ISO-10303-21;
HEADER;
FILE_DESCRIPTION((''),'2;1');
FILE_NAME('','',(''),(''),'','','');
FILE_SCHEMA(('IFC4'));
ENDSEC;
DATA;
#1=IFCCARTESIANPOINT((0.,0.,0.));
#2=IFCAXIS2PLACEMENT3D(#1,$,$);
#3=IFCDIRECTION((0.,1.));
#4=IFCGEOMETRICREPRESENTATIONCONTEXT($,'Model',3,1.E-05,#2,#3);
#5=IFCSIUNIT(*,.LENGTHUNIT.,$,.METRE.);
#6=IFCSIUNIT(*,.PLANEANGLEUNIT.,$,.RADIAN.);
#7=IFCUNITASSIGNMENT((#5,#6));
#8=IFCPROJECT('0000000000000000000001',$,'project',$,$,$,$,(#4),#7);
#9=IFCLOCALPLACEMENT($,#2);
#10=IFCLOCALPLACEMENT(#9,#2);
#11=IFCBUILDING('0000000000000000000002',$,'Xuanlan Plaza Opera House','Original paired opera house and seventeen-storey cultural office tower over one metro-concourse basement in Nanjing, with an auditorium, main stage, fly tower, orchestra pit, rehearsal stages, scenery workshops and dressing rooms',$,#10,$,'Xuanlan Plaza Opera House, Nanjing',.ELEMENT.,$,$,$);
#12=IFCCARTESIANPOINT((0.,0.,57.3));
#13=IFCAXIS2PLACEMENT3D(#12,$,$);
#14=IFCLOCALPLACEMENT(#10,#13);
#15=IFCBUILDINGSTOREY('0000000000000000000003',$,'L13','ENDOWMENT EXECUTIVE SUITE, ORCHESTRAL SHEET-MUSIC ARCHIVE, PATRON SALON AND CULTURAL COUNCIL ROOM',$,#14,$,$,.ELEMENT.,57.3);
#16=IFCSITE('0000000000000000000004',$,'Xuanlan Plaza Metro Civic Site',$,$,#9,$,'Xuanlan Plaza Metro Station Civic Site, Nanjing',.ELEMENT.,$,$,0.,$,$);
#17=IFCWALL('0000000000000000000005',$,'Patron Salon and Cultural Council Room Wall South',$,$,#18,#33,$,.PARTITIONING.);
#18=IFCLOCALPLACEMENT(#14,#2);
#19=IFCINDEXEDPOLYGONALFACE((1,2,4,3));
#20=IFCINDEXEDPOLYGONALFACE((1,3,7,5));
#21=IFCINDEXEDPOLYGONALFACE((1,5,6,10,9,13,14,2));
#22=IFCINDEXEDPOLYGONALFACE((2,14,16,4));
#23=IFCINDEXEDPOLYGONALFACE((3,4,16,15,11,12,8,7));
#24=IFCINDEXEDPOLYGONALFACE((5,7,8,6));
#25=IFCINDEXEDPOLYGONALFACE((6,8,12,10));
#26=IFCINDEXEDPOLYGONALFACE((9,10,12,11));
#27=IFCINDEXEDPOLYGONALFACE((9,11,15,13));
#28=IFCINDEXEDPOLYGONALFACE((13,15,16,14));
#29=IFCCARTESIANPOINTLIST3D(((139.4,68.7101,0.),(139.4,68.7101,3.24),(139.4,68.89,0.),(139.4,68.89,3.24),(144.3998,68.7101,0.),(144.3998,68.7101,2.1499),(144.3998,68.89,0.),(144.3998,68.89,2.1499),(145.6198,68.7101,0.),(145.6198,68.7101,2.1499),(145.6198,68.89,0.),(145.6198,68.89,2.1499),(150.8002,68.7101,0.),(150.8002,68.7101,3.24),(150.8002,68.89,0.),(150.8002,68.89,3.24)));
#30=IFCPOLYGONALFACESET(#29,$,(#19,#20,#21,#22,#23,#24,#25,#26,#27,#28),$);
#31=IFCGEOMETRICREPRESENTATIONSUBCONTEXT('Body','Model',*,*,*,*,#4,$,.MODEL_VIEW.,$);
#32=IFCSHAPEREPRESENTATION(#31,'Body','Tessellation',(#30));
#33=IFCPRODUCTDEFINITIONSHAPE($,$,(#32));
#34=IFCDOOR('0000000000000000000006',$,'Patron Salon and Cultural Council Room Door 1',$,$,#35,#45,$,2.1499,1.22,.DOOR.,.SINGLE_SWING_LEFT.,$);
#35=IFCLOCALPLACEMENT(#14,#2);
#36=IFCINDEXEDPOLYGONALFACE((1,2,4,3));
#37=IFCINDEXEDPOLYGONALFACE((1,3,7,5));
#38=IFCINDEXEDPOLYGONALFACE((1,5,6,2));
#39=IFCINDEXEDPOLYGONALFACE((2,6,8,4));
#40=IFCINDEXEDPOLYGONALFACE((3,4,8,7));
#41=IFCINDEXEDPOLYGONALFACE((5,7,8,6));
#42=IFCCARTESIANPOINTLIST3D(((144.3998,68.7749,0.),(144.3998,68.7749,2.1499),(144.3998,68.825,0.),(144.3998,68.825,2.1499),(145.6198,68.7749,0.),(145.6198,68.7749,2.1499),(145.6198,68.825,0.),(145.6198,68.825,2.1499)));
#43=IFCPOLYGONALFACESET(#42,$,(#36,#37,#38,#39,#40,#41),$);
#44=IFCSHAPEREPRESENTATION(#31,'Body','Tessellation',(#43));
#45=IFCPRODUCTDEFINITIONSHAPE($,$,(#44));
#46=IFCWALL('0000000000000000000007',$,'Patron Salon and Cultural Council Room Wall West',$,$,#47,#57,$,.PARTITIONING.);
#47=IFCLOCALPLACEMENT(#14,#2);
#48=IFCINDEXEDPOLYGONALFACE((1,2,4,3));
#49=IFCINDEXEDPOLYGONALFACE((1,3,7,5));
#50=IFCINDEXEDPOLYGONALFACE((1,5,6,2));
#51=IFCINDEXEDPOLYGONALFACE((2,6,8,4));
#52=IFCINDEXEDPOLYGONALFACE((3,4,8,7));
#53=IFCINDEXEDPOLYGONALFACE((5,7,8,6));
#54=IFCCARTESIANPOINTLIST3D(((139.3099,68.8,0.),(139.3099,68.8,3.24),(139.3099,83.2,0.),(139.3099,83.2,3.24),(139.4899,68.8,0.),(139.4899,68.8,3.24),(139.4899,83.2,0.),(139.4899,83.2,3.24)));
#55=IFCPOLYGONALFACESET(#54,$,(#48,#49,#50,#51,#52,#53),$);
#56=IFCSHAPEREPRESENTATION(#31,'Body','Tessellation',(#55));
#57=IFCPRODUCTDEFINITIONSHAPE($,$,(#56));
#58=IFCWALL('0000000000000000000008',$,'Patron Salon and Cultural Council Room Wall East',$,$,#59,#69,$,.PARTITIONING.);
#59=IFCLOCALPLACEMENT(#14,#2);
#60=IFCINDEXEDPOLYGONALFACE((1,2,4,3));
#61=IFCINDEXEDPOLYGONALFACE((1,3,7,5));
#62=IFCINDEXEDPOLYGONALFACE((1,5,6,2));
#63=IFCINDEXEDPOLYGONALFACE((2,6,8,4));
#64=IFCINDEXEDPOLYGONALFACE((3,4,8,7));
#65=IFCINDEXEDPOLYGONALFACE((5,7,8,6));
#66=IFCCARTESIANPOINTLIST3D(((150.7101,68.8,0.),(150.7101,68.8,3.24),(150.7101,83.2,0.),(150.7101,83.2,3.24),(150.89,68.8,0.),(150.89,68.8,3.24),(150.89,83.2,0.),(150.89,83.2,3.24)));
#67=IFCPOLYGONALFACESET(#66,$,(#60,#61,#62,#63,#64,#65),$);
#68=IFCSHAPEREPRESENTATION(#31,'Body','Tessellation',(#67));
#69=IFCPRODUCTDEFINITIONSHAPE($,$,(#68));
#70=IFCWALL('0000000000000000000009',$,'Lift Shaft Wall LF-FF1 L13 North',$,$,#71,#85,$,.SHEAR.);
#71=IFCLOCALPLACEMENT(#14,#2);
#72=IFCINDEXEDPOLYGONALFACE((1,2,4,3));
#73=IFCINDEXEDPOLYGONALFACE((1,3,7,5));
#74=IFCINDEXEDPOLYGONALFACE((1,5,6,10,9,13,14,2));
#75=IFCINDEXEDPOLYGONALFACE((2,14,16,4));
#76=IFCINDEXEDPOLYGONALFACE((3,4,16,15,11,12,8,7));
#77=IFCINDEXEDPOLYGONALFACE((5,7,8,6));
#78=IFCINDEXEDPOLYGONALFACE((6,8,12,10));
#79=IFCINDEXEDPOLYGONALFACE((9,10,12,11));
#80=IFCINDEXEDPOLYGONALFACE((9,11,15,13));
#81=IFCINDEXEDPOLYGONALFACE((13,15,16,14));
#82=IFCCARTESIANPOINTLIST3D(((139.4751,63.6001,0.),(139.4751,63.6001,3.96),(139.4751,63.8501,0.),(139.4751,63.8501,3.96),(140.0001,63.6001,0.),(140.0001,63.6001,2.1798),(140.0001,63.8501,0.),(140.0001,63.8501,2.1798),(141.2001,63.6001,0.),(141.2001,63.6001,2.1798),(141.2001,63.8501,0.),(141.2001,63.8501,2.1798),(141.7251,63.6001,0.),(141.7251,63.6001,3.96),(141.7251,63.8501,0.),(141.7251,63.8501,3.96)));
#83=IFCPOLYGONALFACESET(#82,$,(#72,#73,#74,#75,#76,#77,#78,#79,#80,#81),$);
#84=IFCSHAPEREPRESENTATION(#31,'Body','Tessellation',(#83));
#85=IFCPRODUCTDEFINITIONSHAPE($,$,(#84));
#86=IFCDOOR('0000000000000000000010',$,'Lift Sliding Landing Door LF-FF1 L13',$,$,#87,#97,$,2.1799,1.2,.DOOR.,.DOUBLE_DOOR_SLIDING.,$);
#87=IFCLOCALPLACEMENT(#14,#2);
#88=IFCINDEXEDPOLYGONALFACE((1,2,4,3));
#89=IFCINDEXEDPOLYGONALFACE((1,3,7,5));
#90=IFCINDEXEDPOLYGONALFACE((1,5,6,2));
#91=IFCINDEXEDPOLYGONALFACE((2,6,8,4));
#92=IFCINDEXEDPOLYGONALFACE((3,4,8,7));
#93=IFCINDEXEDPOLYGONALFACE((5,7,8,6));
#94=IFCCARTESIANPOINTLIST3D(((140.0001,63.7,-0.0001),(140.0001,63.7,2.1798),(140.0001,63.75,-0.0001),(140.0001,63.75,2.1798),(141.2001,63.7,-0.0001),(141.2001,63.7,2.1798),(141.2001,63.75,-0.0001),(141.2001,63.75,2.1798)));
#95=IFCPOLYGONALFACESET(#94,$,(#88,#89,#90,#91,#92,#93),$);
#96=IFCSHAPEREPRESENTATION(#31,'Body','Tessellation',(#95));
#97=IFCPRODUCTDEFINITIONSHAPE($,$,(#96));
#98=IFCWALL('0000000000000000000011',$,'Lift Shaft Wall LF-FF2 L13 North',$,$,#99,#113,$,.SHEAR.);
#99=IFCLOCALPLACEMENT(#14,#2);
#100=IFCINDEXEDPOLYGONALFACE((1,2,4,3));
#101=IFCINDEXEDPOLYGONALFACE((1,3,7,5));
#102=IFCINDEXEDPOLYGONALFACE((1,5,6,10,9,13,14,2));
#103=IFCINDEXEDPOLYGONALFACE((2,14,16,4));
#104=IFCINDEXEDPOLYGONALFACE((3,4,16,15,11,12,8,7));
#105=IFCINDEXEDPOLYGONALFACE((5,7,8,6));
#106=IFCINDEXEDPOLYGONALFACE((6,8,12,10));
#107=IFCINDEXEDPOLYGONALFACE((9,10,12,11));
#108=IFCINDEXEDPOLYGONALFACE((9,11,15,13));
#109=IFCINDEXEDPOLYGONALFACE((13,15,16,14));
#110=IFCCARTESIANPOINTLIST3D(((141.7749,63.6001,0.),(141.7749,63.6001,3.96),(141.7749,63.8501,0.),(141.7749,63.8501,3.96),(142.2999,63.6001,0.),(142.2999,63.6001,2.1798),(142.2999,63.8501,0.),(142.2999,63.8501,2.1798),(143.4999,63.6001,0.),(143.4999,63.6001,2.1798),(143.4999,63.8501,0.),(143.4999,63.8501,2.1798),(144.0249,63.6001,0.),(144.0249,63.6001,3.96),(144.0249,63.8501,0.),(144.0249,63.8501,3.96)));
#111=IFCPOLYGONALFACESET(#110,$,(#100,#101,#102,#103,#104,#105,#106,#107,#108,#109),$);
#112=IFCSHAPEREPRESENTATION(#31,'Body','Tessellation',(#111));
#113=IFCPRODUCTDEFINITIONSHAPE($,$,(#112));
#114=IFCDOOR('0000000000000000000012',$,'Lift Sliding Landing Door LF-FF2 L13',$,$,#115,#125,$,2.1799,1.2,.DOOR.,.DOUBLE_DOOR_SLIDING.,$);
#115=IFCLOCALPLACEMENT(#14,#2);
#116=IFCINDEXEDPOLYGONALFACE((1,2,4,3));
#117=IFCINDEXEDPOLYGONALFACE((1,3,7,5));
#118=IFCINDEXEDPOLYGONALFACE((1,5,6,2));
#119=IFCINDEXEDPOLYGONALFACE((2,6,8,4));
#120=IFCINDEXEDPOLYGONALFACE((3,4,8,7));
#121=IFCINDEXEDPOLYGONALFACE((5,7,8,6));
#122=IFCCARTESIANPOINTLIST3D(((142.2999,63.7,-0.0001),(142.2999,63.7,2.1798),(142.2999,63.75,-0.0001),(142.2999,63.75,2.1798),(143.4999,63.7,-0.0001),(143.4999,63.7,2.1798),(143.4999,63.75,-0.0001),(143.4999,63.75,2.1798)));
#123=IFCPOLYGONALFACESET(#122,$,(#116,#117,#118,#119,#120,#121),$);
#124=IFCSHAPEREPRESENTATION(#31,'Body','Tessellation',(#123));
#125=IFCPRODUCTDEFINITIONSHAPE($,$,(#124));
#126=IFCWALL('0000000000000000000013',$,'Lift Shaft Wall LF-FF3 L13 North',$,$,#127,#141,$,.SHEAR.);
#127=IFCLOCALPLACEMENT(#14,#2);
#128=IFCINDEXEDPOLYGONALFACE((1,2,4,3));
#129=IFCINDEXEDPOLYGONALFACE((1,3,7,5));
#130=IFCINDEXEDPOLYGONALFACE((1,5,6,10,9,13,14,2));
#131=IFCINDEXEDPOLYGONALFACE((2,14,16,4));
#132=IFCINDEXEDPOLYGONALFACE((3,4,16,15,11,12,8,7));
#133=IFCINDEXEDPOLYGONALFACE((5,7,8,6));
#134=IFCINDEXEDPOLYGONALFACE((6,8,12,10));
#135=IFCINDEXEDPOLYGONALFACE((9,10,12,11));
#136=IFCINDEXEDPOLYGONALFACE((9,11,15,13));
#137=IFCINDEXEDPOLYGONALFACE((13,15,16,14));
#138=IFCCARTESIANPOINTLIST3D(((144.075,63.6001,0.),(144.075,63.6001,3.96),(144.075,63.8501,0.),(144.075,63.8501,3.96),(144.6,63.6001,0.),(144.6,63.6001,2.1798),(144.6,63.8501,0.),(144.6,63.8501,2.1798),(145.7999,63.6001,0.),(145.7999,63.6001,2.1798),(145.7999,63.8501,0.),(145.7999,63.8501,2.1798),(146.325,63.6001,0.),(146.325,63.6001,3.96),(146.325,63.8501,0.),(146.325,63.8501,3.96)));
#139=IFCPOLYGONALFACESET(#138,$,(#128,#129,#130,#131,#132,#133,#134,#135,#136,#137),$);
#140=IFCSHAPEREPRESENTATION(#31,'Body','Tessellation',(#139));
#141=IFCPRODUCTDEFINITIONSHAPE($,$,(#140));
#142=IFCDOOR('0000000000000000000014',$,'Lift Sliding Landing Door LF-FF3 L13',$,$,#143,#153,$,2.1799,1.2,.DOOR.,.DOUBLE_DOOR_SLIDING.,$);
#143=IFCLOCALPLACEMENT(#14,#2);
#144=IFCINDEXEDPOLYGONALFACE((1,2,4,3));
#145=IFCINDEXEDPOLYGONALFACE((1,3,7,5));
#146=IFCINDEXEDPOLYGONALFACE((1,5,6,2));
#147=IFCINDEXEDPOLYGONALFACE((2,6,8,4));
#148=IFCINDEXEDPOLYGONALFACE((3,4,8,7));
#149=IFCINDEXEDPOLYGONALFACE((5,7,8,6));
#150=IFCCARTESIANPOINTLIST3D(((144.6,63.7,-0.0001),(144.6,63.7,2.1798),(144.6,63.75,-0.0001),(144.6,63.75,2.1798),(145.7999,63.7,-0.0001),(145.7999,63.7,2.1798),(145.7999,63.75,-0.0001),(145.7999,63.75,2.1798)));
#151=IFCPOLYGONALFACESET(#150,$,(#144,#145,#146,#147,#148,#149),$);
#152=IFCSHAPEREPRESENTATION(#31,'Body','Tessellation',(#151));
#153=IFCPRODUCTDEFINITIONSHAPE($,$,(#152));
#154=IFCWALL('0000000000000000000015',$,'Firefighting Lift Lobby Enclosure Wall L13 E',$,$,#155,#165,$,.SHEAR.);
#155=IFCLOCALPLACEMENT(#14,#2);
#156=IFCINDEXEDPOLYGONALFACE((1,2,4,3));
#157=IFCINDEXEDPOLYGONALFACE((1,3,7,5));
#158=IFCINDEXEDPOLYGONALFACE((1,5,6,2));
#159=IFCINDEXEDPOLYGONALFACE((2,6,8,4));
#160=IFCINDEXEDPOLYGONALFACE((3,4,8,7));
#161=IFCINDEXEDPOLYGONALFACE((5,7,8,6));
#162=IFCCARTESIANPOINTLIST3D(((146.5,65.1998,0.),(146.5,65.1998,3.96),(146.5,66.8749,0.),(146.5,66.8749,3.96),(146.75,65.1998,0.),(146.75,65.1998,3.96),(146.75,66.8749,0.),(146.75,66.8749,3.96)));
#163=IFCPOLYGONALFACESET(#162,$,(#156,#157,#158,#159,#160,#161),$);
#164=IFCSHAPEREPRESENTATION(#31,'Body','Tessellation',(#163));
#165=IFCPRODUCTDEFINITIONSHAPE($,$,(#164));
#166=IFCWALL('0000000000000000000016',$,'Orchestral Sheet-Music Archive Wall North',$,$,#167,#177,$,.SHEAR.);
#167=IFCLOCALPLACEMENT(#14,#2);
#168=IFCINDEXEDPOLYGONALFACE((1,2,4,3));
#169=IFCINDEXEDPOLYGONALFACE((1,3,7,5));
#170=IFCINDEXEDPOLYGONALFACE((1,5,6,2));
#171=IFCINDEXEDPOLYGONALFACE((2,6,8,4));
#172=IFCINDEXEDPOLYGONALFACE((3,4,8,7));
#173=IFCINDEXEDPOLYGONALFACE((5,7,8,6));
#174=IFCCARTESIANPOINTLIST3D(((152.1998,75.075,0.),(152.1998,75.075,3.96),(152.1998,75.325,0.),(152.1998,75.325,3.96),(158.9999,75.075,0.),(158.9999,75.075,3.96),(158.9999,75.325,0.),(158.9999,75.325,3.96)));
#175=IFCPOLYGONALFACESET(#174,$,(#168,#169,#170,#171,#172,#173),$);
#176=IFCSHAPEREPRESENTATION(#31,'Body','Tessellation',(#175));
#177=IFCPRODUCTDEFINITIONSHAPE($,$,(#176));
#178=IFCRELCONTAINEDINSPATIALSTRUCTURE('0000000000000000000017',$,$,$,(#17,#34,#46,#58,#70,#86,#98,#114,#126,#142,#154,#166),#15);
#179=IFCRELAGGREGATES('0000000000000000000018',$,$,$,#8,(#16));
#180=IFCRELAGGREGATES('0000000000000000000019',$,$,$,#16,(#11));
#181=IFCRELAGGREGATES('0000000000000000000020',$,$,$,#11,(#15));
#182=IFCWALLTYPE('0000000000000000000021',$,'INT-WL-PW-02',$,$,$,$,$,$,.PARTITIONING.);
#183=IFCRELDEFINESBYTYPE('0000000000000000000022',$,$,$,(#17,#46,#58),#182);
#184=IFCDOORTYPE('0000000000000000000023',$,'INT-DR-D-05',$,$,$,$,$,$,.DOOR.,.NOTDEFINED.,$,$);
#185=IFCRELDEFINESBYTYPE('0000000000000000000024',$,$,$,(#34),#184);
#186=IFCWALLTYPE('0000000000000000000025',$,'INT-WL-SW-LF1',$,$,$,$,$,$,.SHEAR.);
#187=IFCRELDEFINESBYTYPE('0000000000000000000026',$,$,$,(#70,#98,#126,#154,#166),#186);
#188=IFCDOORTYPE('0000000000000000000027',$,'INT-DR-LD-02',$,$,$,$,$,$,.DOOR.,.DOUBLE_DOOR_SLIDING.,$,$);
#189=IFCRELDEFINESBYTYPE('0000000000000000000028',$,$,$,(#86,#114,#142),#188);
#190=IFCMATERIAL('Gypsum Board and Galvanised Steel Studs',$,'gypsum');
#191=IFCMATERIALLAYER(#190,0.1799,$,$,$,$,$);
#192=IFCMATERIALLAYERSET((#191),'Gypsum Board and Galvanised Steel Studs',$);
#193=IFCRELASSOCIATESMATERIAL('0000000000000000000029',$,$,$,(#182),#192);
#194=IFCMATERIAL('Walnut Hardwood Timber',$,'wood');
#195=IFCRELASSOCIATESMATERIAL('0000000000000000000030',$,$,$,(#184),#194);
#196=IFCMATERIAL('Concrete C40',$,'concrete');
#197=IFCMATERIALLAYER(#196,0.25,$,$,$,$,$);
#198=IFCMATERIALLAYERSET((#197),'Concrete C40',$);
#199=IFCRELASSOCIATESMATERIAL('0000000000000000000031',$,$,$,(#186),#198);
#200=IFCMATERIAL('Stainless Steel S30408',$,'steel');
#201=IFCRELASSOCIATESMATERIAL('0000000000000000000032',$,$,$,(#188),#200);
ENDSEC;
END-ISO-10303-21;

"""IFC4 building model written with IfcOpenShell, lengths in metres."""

from ifc_helpers import new_model, si_unit, direction, frame, frame_2d, origin, place, context, subcontext, project, spatial, rectangle, extrude, material, layer, layer_set, type_object, element, fill, save


model = new_model("IFC4")

# Units and contexts
model_context = context("Model", 3, precision=1e-05, world=origin(), true_north=direction((0.0, 1.0)))
body_context = subcontext(model_context, "Body", "Model", "MODEL_VIEW")
ifc_project = project(units=[si_unit("LENGTHUNIT", "METRE"), si_unit("PLANEANGLEUNIT", "RADIAN")], contexts=[model_context])

# Site, building, storey
site_placement = place(None, origin())
site = spatial("IfcSite", under=ifc_project, at=site_placement, Name="Xuanlan Plaza Metro Civic Site", LongName="Xuanlan Plaza Metro Station Civic Site, Nanjing", CompositionType="ELEMENT", RefElevation=0.0)
building_placement = place(site_placement, origin())
building = spatial("IfcBuilding", under=site, at=building_placement, Name="Xuanlan Plaza Opera House", Description="Original paired opera house and seventeen-storey cultural office tower over one metro-concourse basement in Nanjing, with an auditorium, main stage, fly tower, orchestra pit, rehearsal stages, scenery workshops and dressing rooms", LongName="Xuanlan Plaza Opera House, Nanjing", CompositionType="ELEMENT")
storey_placement = place(building_placement, frame((0.0, 0.0, 57.3)))
storey = spatial("IfcBuildingStorey", under=building, at=storey_placement, Name="L13", Description="ENDOWMENT EXECUTIVE SUITE, ORCHESTRAL SHEET-MUSIC ARCHIVE, PATRON SALON AND CULTURAL COUNCIL ROOM", CompositionType="ELEMENT", Elevation=57.3)

# Shared definitions
ifc_material_1 = material(Name="Concrete C40", Category="concrete")

# Wall, opening, door
ifc_material_2 = material(Name="Gypsum Board and Galvanised Steel Studs", Category="gypsum")
ifc_layer_1 = layer(ifc_material_2, 0.1799)
ifc_layer_set_1 = layer_set([ifc_layer_1], Name="Gypsum Board and Galvanised Steel Studs")
wall_type_1 = type_object("IfcWallType", Name="INT-WL-PW-02", PredefinedType="PARTITIONING", material=ifc_layer_set_1)
wall_1_placement = place(storey_placement, frame((139.3999, 68.8, 0.0), z_axis=(0.0, 0.0, 1.0), x_axis=(1.0, 0.0, 0.0)))
wall_1 = element("IfcWall", 1, at=wall_1_placement, inside=storey, type_object=wall_type_1, Name="Patron Salon and Cultural Council Room Wall South", PredefinedType="PARTITIONING", context=body_context, shape_type="SweptSolid", body=[
    extrude(rectangle(XDim=11.4001, YDim=0.1799, at=frame_2d((5.7002, 0.0))), origin(), (0.0, 0.0, 1.0), 3.24),
])
opening_1_placement = place(wall_1_placement, frame((5.0, 0.0, 0.0)))
opening_1 = element("IfcOpeningElement", 2, at=opening_1_placement, cuts=wall_1, PredefinedType="OPENING", context=body_context, shape_type="SweptSolid", body=[
    extrude(rectangle(XDim=1.22, YDim=2.1499, at=frame_2d((0.6099, 1.075))), frame((0.0, 0.0999, 0.0), z_axis=(0.0, -1.0, 0.0), x_axis=(1.0, 0.0, 0.0)), (0.0, 0.0, 1.0), 0.2),
])
ifc_material_3 = material(Name="Walnut Hardwood Timber", Category="wood")
door_type_1 = type_object("IfcDoorType", Name="INT-DR-D-05", OperationType="NOTDEFINED", PredefinedType="DOOR", material=ifc_material_3)
door_1_placement = place(opening_1_placement, origin())
door_1 = element("IfcDoor", 3, at=door_1_placement, inside=storey, type_object=door_type_1, Name="Patron Salon and Cultural Council Room Door 1", OperationType="SINGLE_SWING_LEFT", OverallHeight=2.1499, OverallWidth=1.22, PredefinedType="DOOR", context=body_context, shape_type="SweptSolid", body=[
    extrude(rectangle(XDim=1.22, YDim=2.1499, at=frame_2d((0.6099, 1.075))), frame((0.0, 0.0249, 0.0), z_axis=(0.0, -1.0, 0.0), x_axis=(1.0, 0.0, 0.0)), (0.0, 0.0, 1.0), 0.05),
])
fill(opening_1, door_1)

# Walls
for number, where, z_axis, x_axis, name in (
    (4, (139.3999, 68.8, 0.0), (0.0, 0.0, 1.0), (0.0, 1.0, 0.0), "Patron Salon and Cultural Council Room Wall West"),
    (5, (150.8, 68.8, 0.0), (0.0, 0.0, 1.0), (0.0, 1.0, 0.0), "Patron Salon and Cultural Council Room Wall East"),
):
    element("IfcWall", number, at=place(storey_placement, frame(where, z_axis=z_axis, x_axis=x_axis)), inside=storey, type_object=wall_type_1, Name=name, PredefinedType="PARTITIONING", context=body_context, shape_type="SweptSolid", body=[
        extrude(rectangle(XDim=14.3999, YDim=0.1799, at=frame_2d((7.2, 0.0))), origin(), (0.0, 0.0, 1.0), 3.24),
    ])

# Walls, openings, doors
ifc_layer_2 = layer(ifc_material_1, 0.25)
ifc_layer_set_2 = layer_set([ifc_layer_2], Name="Concrete C40")
wall_type_2 = type_object("IfcWallType", Name="INT-WL-SW-LF1", PredefinedType="SHEAR", material=ifc_layer_set_2)
wall_2_placement = place(storey_placement, frame((139.4751, 63.7251, 0.0), z_axis=(0.0, 0.0, 1.0), x_axis=(1.0, 0.0, 0.0)))
wall_2 = element("IfcWall", 6, at=wall_2_placement, inside=storey, type_object=wall_type_2, Name="Lift Shaft Wall LF-FF1 L13 North", PredefinedType="SHEAR", context=body_context, shape_type="SweptSolid", body=[
    extrude(rectangle(XDim=2.25, YDim=0.25, at=frame_2d((1.125, 0.0))), origin(), (0.0, 0.0, 1.0), 3.96),
])
opening_2_placement = place(wall_2_placement, frame((0.5249, 0.0, 0.0)))
opening_2 = element("IfcOpeningElement", 7, at=opening_2_placement, cuts=wall_2, PredefinedType="OPENING", context=body_context, shape_type="SweptSolid", body=[
    extrude(rectangle(XDim=1.2, YDim=2.1799, at=frame_2d((0.6001, 1.0898))), frame((0.0, 0.135, 0.0), z_axis=(0.0, -1.0, 0.0), x_axis=(1.0, 0.0, 0.0)), (0.0, 0.0, 1.0), 0.27),
])
ifc_material_4 = material(Name="Stainless Steel S30408", Category="steel")
door_type_2 = type_object("IfcDoorType", Name="INT-DR-LD-02", OperationType="DOUBLE_DOOR_SLIDING", PredefinedType="DOOR", material=ifc_material_4)
door_2_placement = place(opening_2_placement, origin())
door_2 = element("IfcDoor", 8, at=door_2_placement, inside=storey, type_object=door_type_2, Name="Lift Sliding Landing Door LF-FF1 L13", OperationType="DOUBLE_DOOR_SLIDING", OverallHeight=2.1799, OverallWidth=1.2, PredefinedType="DOOR", context=body_context, shape_type="SweptSolid", body=[
    extrude(rectangle(XDim=1.2, YDim=2.1799, at=frame_2d((0.6001, 1.0898))), frame((0.0, 0.0249, 0.0), z_axis=(0.0, -1.0, 0.0), x_axis=(1.0, 0.0, 0.0)), (0.0, 0.0, 1.0), 0.05),
])
fill(opening_2, door_2)
wall_3_placement = place(storey_placement, frame((141.7749, 63.7251, 0.0), z_axis=(0.0, 0.0, 1.0), x_axis=(1.0, 0.0, 0.0)))
wall_3 = element("IfcWall", 9, at=wall_3_placement, inside=storey, type_object=wall_type_2, Name="Lift Shaft Wall LF-FF2 L13 North", PredefinedType="SHEAR", context=body_context, shape_type="SweptSolid", body=[
    extrude(rectangle(XDim=2.25, YDim=0.25, at=frame_2d((1.125, 0.0))), origin(), (0.0, 0.0, 1.0), 3.96),
])
opening_3_placement = place(wall_3_placement, frame((0.5249, 0.0, 0.0)))
opening_3 = element("IfcOpeningElement", 10, at=opening_3_placement, cuts=wall_3, PredefinedType="OPENING", context=body_context, shape_type="SweptSolid", body=[
    extrude(rectangle(XDim=1.2, YDim=2.1799, at=frame_2d((0.6001, 1.0898))), frame((0.0, 0.135, 0.0), z_axis=(0.0, -1.0, 0.0), x_axis=(1.0, 0.0, 0.0)), (0.0, 0.0, 1.0), 0.27),
])
door_3_placement = place(opening_3_placement, origin())
door_3 = element("IfcDoor", 11, at=door_3_placement, inside=storey, type_object=door_type_2, Name="Lift Sliding Landing Door LF-FF2 L13", OperationType="DOUBLE_DOOR_SLIDING", OverallHeight=2.1799, OverallWidth=1.2, PredefinedType="DOOR", context=body_context, shape_type="SweptSolid", body=[
    extrude(rectangle(XDim=1.2, YDim=2.1799, at=frame_2d((0.6001, 1.0898))), frame((0.0, 0.0249, 0.0), z_axis=(0.0, -1.0, 0.0), x_axis=(1.0, 0.0, 0.0)), (0.0, 0.0, 1.0), 0.05),
])
fill(opening_3, door_3)
wall_4_placement = place(storey_placement, frame((144.075, 63.7251, 0.0), z_axis=(0.0, 0.0, 1.0), x_axis=(1.0, 0.0, 0.0)))
wall_4 = element("IfcWall", 12, at=wall_4_placement, inside=storey, type_object=wall_type_2, Name="Lift Shaft Wall LF-FF3 L13 North", PredefinedType="SHEAR", context=body_context, shape_type="SweptSolid", body=[
    extrude(rectangle(XDim=2.25, YDim=0.25, at=frame_2d((1.125, 0.0))), origin(), (0.0, 0.0, 1.0), 3.96),
])
opening_4_placement = place(wall_4_placement, frame((0.5249, 0.0, 0.0)))
opening_4 = element("IfcOpeningElement", 13, at=opening_4_placement, cuts=wall_4, PredefinedType="OPENING", context=body_context, shape_type="SweptSolid", body=[
    extrude(rectangle(XDim=1.2, YDim=2.1799, at=frame_2d((0.6001, 1.0898))), frame((0.0, 0.135, 0.0), z_axis=(0.0, -1.0, 0.0), x_axis=(1.0, 0.0, 0.0)), (0.0, 0.0, 1.0), 0.27),
])
door_4_placement = place(opening_4_placement, origin())
door_4 = element("IfcDoor", 14, at=door_4_placement, inside=storey, type_object=door_type_2, Name="Lift Sliding Landing Door LF-FF3 L13", OperationType="DOUBLE_DOOR_SLIDING", OverallHeight=2.1799, OverallWidth=1.2, PredefinedType="DOOR", context=body_context, shape_type="SweptSolid", body=[
    extrude(rectangle(XDim=1.2, YDim=2.1799, at=frame_2d((0.6001, 1.0898))), frame((0.0, 0.0249, 0.0), z_axis=(0.0, -1.0, 0.0), x_axis=(1.0, 0.0, 0.0)), (0.0, 0.0, 1.0), 0.05),
])
fill(opening_4, door_4)

# Wall
wall_5_placement = place(storey_placement, frame((146.625, 65.2, 0.0), z_axis=(0.0, 0.0, 1.0), x_axis=(0.0, 1.0, 0.0)))
element("IfcWall", 15, at=wall_5_placement, inside=storey, type_object=wall_type_2, Name="Firefighting Lift Lobby Enclosure Wall L13 E", PredefinedType="SHEAR", context=body_context, shape_type="SweptSolid", body=[
    extrude(rectangle(XDim=1.675, YDim=0.25, at=frame_2d((0.8374, 0.0))), origin(), (0.0, 0.0, 1.0), 3.96),
])

# Wall
wall_6_placement = place(storey_placement, frame((152.2, 75.2, 0.0), z_axis=(0.0, 0.0, 1.0), x_axis=(1.0, 0.0, 0.0)))
element("IfcWall", 16, at=wall_6_placement, inside=storey, type_object=wall_type_2, Name="Orchestral Sheet-Music Archive Wall North", PredefinedType="SHEAR", context=body_context, shape_type="SweptSolid", body=[
    extrude(rectangle(XDim=6.8, YDim=0.25, at=frame_2d((3.3999, 0.0))), origin(), (0.0, 0.0, 1.0), 3.96),
])

save(model, "model.ifc")
